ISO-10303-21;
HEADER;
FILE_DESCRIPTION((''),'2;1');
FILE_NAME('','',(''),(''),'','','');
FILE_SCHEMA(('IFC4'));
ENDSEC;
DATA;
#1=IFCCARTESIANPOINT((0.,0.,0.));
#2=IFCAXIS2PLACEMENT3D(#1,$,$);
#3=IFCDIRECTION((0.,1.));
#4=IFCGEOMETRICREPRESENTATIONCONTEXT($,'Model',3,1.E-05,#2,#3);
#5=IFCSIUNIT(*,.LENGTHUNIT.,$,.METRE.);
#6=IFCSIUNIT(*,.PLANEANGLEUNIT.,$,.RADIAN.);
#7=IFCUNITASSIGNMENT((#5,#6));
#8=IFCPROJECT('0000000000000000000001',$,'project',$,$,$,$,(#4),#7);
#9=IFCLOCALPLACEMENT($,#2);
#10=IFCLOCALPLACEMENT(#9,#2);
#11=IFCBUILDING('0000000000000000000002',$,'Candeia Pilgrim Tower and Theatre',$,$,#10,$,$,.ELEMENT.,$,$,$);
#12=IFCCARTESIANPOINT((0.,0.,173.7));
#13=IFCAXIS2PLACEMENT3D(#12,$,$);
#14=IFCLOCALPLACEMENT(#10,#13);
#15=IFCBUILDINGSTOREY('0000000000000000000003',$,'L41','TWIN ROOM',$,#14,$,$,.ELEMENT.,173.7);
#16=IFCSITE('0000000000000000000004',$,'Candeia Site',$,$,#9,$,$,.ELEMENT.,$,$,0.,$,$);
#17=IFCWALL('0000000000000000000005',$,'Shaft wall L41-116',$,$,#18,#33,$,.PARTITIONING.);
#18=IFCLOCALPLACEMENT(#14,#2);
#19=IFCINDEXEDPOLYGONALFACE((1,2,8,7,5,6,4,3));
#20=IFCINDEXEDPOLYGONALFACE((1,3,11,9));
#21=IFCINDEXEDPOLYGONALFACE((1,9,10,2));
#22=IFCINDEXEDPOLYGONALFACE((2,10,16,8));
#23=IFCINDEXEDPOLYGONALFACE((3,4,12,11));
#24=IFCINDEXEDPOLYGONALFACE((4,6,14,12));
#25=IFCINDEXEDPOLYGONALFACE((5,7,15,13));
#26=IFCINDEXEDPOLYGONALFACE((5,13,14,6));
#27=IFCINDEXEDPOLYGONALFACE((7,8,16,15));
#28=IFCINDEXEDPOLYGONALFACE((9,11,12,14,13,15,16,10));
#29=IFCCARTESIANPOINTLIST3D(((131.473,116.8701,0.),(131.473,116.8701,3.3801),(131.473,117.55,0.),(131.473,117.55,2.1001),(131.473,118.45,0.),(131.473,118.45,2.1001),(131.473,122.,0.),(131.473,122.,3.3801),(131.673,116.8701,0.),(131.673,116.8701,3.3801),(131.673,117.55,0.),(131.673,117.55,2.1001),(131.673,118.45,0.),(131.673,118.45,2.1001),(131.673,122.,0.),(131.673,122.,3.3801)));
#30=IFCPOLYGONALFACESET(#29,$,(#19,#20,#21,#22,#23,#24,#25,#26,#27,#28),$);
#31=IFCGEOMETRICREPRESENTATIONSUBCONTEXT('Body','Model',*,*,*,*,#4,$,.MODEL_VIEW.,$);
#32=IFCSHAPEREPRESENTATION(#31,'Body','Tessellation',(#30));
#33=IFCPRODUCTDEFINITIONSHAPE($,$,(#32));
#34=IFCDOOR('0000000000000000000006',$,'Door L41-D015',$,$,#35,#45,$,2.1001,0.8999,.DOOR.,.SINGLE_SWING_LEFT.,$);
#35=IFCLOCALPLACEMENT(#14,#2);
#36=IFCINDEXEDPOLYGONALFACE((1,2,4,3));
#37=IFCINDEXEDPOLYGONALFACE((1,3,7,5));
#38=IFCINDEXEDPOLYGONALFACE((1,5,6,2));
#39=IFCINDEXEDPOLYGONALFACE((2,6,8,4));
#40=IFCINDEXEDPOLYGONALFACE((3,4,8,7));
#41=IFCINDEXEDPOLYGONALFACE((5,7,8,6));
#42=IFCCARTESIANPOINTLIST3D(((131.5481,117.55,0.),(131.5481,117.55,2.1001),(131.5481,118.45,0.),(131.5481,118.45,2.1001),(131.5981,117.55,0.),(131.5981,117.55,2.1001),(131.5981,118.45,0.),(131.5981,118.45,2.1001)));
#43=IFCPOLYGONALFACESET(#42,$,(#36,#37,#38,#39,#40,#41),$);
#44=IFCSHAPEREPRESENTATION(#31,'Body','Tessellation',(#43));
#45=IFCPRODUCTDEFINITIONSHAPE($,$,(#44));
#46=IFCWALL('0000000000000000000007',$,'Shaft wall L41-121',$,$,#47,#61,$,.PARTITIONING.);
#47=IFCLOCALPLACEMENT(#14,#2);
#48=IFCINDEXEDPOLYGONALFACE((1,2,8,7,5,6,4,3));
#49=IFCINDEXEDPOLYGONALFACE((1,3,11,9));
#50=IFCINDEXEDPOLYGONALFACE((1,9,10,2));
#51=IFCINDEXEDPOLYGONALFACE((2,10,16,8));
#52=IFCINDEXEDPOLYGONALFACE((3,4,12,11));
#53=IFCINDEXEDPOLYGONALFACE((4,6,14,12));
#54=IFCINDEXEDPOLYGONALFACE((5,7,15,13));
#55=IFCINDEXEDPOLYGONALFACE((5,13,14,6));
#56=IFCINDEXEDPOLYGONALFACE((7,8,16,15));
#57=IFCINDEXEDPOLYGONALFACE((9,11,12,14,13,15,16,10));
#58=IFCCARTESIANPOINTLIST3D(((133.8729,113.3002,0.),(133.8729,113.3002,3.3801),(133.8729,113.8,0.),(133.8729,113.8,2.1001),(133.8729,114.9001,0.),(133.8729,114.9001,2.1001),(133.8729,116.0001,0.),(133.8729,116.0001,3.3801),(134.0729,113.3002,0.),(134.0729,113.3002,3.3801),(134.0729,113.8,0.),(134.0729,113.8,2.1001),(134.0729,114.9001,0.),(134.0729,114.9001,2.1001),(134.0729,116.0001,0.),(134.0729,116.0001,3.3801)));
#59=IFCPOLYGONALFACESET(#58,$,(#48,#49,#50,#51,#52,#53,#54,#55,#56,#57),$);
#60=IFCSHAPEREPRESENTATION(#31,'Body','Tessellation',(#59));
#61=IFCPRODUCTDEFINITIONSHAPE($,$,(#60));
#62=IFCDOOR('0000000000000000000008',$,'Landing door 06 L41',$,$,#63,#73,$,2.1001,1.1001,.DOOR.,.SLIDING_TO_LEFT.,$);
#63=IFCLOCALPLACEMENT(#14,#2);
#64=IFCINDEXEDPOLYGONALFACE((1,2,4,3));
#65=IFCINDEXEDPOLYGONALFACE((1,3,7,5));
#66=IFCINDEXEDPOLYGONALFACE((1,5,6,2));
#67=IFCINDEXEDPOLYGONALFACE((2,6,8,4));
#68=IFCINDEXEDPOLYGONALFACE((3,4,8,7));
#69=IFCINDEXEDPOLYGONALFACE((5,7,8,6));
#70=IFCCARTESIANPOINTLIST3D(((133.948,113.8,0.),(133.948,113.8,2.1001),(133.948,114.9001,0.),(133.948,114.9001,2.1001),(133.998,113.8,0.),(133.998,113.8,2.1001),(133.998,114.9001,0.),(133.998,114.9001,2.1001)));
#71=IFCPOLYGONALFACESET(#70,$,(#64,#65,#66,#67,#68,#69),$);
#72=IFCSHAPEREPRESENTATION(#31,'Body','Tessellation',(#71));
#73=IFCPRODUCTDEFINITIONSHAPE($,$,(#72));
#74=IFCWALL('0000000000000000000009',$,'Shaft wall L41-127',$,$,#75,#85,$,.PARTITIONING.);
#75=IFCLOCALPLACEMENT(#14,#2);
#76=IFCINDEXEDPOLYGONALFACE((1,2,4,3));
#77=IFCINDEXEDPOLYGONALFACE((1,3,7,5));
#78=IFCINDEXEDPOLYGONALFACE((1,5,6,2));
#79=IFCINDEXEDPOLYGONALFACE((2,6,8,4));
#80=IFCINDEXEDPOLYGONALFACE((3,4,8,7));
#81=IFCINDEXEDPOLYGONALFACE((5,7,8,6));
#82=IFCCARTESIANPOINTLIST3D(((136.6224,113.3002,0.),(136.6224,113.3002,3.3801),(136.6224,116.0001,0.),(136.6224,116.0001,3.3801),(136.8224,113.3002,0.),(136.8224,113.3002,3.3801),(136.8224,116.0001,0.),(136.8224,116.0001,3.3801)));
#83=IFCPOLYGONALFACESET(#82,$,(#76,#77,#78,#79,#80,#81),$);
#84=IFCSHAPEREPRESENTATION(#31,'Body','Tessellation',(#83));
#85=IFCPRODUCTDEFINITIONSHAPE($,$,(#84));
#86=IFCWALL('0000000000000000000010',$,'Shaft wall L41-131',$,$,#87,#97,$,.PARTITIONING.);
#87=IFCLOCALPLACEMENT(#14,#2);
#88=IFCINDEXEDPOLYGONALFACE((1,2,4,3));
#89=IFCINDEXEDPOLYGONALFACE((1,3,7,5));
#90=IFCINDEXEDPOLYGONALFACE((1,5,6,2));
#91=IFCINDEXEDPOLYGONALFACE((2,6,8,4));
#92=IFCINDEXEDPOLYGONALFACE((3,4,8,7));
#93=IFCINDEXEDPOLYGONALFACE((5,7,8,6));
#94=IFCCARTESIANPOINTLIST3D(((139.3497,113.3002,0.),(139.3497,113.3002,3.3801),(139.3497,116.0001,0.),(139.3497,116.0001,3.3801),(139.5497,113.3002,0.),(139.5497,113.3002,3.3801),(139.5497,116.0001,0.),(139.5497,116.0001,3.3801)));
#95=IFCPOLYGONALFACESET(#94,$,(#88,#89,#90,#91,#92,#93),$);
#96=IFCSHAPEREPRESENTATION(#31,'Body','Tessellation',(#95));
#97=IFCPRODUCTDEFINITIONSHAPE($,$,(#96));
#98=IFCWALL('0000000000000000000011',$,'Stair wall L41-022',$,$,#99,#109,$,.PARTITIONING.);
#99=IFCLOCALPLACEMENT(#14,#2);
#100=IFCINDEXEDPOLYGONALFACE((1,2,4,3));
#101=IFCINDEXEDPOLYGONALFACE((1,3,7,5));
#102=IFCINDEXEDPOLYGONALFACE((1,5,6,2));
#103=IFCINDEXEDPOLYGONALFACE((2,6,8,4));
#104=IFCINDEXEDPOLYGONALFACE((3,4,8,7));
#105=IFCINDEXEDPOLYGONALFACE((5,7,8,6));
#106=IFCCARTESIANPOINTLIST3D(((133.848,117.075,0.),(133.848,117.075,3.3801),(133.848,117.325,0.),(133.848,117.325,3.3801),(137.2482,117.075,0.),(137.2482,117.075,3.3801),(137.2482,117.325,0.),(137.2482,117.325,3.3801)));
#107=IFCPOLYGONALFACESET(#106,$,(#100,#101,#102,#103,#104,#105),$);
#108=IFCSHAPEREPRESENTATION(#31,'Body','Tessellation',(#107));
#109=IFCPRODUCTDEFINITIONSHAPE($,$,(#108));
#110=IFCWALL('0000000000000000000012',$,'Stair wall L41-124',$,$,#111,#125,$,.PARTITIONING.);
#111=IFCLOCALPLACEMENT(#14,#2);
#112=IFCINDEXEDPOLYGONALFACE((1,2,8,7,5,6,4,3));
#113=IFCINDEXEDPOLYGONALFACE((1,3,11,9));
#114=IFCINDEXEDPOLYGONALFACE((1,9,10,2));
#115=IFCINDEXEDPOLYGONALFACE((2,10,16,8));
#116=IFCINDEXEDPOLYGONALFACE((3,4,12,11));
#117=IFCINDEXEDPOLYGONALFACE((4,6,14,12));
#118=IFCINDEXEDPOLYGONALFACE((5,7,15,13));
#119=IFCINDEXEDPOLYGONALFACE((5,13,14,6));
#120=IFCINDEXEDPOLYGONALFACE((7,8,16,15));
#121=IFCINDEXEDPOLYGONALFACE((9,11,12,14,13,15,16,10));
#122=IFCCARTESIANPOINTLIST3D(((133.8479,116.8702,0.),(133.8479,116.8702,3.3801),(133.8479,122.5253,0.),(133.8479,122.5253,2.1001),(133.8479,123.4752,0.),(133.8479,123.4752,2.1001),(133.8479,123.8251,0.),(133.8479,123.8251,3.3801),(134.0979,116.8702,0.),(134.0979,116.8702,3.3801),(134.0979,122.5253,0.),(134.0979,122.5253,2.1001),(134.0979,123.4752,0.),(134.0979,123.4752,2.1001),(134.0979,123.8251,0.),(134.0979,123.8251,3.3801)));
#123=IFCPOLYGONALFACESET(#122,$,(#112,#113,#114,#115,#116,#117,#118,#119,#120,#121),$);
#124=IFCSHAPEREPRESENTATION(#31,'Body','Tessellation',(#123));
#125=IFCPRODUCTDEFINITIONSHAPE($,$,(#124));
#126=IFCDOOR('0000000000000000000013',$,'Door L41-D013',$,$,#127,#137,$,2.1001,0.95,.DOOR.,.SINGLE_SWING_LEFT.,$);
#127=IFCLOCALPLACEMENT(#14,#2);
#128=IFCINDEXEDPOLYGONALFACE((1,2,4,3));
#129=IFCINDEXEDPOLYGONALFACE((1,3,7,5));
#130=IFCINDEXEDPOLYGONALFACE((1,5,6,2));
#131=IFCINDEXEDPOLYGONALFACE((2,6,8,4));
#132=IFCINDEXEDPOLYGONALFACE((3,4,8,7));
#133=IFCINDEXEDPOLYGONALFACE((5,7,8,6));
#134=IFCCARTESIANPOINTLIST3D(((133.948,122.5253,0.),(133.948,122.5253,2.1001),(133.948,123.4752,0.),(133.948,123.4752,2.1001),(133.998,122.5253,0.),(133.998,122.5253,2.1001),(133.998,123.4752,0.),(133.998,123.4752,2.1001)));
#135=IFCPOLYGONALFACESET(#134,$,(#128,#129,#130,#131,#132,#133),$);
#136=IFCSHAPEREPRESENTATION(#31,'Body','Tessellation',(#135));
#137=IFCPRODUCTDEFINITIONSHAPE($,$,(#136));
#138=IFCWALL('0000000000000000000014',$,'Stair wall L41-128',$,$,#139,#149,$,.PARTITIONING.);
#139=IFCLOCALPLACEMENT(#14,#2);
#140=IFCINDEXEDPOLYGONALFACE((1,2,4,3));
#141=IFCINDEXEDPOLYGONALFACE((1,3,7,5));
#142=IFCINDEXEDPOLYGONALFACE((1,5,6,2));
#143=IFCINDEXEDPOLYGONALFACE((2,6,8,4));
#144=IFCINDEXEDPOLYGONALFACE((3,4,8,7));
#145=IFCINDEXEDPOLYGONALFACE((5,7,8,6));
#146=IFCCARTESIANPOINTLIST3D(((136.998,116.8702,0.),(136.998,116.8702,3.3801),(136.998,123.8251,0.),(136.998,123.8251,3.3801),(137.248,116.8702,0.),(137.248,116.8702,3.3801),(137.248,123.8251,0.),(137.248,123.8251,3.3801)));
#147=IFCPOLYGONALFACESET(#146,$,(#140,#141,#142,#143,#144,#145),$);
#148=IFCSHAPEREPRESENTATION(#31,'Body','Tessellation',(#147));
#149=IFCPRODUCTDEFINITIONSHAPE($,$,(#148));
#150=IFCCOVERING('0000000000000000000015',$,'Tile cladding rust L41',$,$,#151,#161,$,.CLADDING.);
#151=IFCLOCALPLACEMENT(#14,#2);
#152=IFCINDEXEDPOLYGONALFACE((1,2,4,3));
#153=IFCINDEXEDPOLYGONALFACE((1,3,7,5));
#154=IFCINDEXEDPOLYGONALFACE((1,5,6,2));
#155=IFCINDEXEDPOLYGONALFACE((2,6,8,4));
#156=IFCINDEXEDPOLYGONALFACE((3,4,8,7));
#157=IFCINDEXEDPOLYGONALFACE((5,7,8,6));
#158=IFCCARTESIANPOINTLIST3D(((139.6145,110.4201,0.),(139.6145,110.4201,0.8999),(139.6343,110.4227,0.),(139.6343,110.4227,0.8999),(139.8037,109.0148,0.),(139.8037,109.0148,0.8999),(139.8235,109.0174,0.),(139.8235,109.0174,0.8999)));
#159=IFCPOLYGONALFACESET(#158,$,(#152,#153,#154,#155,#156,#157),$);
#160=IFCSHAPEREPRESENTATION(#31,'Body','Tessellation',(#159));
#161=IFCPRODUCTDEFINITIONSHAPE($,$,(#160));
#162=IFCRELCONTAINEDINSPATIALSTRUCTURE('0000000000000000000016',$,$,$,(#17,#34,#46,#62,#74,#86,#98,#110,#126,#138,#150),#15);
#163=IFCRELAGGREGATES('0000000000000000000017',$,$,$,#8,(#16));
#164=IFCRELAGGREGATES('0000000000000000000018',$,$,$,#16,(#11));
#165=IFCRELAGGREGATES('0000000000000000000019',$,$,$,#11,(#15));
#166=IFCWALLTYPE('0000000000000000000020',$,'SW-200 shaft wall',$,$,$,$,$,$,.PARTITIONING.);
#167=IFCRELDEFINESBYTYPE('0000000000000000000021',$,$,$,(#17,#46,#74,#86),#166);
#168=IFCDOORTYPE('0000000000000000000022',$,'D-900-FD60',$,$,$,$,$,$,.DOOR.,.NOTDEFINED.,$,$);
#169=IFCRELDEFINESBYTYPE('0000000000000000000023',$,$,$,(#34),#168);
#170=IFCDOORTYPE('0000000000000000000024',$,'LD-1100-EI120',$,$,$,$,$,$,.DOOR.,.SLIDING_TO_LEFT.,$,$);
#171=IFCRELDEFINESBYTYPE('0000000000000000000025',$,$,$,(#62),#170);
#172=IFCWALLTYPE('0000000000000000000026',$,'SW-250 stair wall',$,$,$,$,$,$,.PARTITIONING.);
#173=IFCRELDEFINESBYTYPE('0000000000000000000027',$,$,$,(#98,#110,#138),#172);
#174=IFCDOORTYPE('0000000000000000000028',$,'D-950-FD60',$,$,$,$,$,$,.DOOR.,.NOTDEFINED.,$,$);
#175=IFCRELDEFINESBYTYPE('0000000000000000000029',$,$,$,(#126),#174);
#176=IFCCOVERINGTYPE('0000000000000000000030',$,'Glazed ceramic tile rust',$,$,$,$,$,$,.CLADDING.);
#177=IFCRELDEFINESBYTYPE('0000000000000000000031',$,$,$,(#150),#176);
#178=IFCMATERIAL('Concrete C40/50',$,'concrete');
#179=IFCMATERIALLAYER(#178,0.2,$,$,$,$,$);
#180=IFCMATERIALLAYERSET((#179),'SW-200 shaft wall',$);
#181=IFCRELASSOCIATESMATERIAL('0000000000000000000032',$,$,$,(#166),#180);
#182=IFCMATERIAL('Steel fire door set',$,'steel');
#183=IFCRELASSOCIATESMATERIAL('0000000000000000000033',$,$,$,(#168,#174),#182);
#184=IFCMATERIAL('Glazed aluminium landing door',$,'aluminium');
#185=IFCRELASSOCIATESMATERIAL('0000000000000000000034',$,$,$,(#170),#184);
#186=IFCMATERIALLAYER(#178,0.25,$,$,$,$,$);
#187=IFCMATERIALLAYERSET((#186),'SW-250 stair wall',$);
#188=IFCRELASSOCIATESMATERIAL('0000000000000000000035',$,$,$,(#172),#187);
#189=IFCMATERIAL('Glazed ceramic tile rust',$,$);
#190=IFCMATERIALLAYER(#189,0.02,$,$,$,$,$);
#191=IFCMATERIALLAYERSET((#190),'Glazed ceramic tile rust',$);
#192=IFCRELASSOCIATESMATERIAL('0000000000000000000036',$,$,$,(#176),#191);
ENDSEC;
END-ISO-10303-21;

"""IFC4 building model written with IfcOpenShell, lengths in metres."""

from ifc_helpers import new_model, si_unit, direction, frame, frame_2d, origin, origin_2d, place, context, subcontext, project, spatial, rectangle, extrude, material, layer, layer_set, type_object, element, fill, save


model = new_model("IFC4")

# Units and contexts
model_context = context("Model", 3, precision=1e-05, world=origin(), true_north=direction((0.0, 1.0)))
body_context = subcontext(model_context, "Body", "Model", "MODEL_VIEW")
ifc_project = project(units=[si_unit("LENGTHUNIT", "METRE"), si_unit("PLANEANGLEUNIT", "RADIAN")], contexts=[model_context])

# Site, building, storey
site_placement = place(None, origin())
site = spatial("IfcSite", under=ifc_project, at=site_placement, Name="Candeia Site", CompositionType="ELEMENT", RefElevation=0.0)
building_placement = place(site_placement, origin())
building = spatial("IfcBuilding", under=site, at=building_placement, Name="Candeia Pilgrim Tower and Theatre", CompositionType="ELEMENT")
storey_placement = place(building_placement, frame((0.0, 0.0, 173.7)))
storey = spatial("IfcBuildingStorey", under=building, at=storey_placement, Name="L41", Description="TWIN ROOM", CompositionType="ELEMENT", Elevation=173.7)

# Shared definitions
ifc_material_1 = material(Name="Steel fire door set", Category="steel")

# Walls, openings, doors
ifc_material_2 = material(Name="Concrete C40/50", Category="concrete")
ifc_layer_1 = layer(ifc_material_2, 0.2)
ifc_layer_set_1 = layer_set([ifc_layer_1], Name="SW-200 shaft wall")
wall_type_1 = type_object("IfcWallType", Name="SW-200 shaft wall", PredefinedType="PARTITIONING", material=ifc_layer_set_1)
door_type_1 = type_object("IfcDoorType", Name="D-900-FD60", OperationType="NOTDEFINED", PredefinedType="DOOR", material=ifc_material_1)
wall_1_placement = place(storey_placement, frame((131.573, 116.8701, 0.0), z_axis=(0.0, 0.0, 1.0), x_axis=(0.0, 1.0, 0.0)))
wall_1 = element("IfcWall", 1, at=wall_1_placement, inside=storey, type_object=wall_type_1, Name="Shaft wall L41-116", PredefinedType="PARTITIONING", context=body_context, shape_type="SweptSolid", body=[
    extrude(rectangle(XDim=5.1299, YDim=0.2, at=frame_2d((2.5649, 0.0))), origin(), (0.0, 0.0, 1.0), 3.3801),
])
opening_1_placement = place(wall_1_placement, frame((0.6799, 0.0, 0.0)))
opening_1 = element("IfcOpeningElement", 2, at=opening_1_placement, cuts=wall_1, PredefinedType="OPENING", context=body_context, shape_type="SweptSolid", body=[
    extrude(rectangle(XDim=0.8999, YDim=2.1001, at=frame_2d((0.45, 1.05))), frame((0.0, 0.1099, 0.0), z_axis=(0.0, -1.0, 0.0), x_axis=(1.0, 0.0, 0.0)), (0.0, 0.0, 1.0), 0.22),
])
door_1_placement = place(opening_1_placement, origin())
door_1 = element("IfcDoor", 3, at=door_1_placement, inside=storey, type_object=door_type_1, Name="Door L41-D015", OperationType="SINGLE_SWING_LEFT", OverallHeight=2.1001, OverallWidth=0.8999, PredefinedType="DOOR", context=body_context, shape_type="SweptSolid", body=[
    extrude(rectangle(XDim=0.8999, YDim=2.1001, at=frame_2d((0.45, 1.05))), frame((0.0, 0.0249, 0.0), z_axis=(0.0, -1.0, 0.0), x_axis=(1.0, 0.0, 0.0)), (0.0, 0.0, 1.0), 0.05),
])
fill(opening_1, door_1)
wall_2_placement = place(storey_placement, frame((133.9729, 113.3, 0.0), z_axis=(0.0, 0.0, 1.0), x_axis=(0.0, 1.0, 0.0)))
wall_2 = element("IfcWall", 4, at=wall_2_placement, inside=storey, type_object=wall_type_1, Name="Shaft wall L41-121", PredefinedType="PARTITIONING", context=body_context, shape_type="SweptSolid", body=[
    extrude(rectangle(XDim=2.7, YDim=0.2, at=frame_2d((1.3501, 0.0))), origin(), (0.0, 0.0, 1.0), 3.3801),
])
opening_2_placement = place(wall_2_placement, frame((0.5, 0.0, 0.0)))
opening_2 = element("IfcOpeningElement", 5, at=opening_2_placement, cuts=wall_2, PredefinedType="OPENING", context=body_context, shape_type="SweptSolid", body=[
    extrude(rectangle(XDim=1.1001, YDim=2.1001, at=frame_2d((0.55, 1.05))), frame((0.0, 0.1099, 0.0), z_axis=(0.0, -1.0, 0.0), x_axis=(1.0, 0.0, 0.0)), (0.0, 0.0, 1.0), 0.22),
])
ifc_material_3 = material(Name="Glazed aluminium landing door", Category="aluminium")
door_type_2 = type_object("IfcDoorType", Name="LD-1100-EI120", OperationType="SLIDING_TO_LEFT", PredefinedType="DOOR", material=ifc_material_3)
door_2_placement = place(opening_2_placement, origin())
door_2 = element("IfcDoor", 6, at=door_2_placement, inside=storey, type_object=door_type_2, Name="Landing door 06 L41", OperationType="SLIDING_TO_LEFT", OverallHeight=2.1001, OverallWidth=1.1001, PredefinedType="DOOR", context=body_context, shape_type="SweptSolid", body=[
    extrude(rectangle(XDim=1.1001, YDim=2.1001, at=frame_2d((0.55, 1.05))), frame((0.0, 0.0249, 0.0), z_axis=(0.0, -1.0, 0.0), x_axis=(1.0, 0.0, 0.0)), (0.0, 0.0, 1.0), 0.05),
])
fill(opening_2, door_2)

# Walls
for number, where, z_axis, x_axis, name in (
    (7, (136.7224, 113.3, 0.0), (0.0, 0.0, 1.0), (0.0, 1.0, 0.0), "Shaft wall L41-127"),
    (8, (139.4497, 113.3, 0.0), (0.0, 0.0, 1.0), (0.0, 1.0, 0.0), "Shaft wall L41-131"),
):
    element("IfcWall", number, at=place(storey_placement, frame(where, z_axis=z_axis, x_axis=x_axis)), inside=storey, type_object=wall_type_1, Name=name, PredefinedType="PARTITIONING", context=body_context, shape_type="SweptSolid", body=[
        extrude(rectangle(XDim=2.7, YDim=0.2, at=frame_2d((1.3501, 0.0))), origin(), (0.0, 0.0, 1.0), 3.3801),
    ])
ifc_layer_2 = layer(ifc_material_2, 0.25)
ifc_layer_set_2 = layer_set([ifc_layer_2], Name="SW-250 stair wall")
wall_type_2 = type_object("IfcWallType", Name="SW-250 stair wall", PredefinedType="PARTITIONING", material=ifc_layer_set_2)
wall_3_placement = place(storey_placement, frame((133.8479, 117.2, 0.0), z_axis=(0.0, 0.0, 1.0), x_axis=(1.0, 0.0, 0.0)))
element("IfcWall", 9, at=wall_3_placement, inside=storey, type_object=wall_type_2, Name="Stair wall L41-022", PredefinedType="PARTITIONING", context=body_context, shape_type="SweptSolid", body=[
    extrude(rectangle(XDim=3.4001, YDim=0.25, at=frame_2d((1.7002, 0.0))), origin(), (0.0, 0.0, 1.0), 3.3801),
])

# Wall, opening, door
wall_4_placement = place(storey_placement, frame((133.9729, 116.8701, 0.0), z_axis=(0.0, 0.0, 1.0), x_axis=(0.0, 1.0, 0.0)))
wall_4 = element("IfcWall", 10, at=wall_4_placement, inside=storey, type_object=wall_type_2, Name="Stair wall L41-124", PredefinedType="PARTITIONING", context=body_context, shape_type="SweptSolid", body=[
    extrude(rectangle(XDim=6.9548, YDim=0.25, at=frame_2d((3.4775, 0.0))), origin(), (0.0, 0.0, 1.0), 3.3801),
])
opening_3_placement = place(wall_4_placement, frame((5.655, 0.0, 0.0)))
opening_3 = element("IfcOpeningElement", 11, at=opening_3_placement, cuts=wall_4, PredefinedType="OPENING", context=body_context, shape_type="SweptSolid", body=[
    extrude(rectangle(XDim=0.95, YDim=2.1001, at=frame_2d((0.4751, 1.05))), frame((0.0, 0.135, 0.0), z_axis=(0.0, -1.0, 0.0), x_axis=(1.0, 0.0, 0.0)), (0.0, 0.0, 1.0), 0.27),
])
door_type_3 = type_object("IfcDoorType", Name="D-950-FD60", OperationType="NOTDEFINED", PredefinedType="DOOR", material=ifc_material_1)
door_3_placement = place(opening_3_placement, origin())
door_3 = element("IfcDoor", 12, at=door_3_placement, inside=storey, type_object=door_type_3, Name="Door L41-D013", OperationType="SINGLE_SWING_LEFT", OverallHeight=2.1001, OverallWidth=0.95, PredefinedType="DOOR", context=body_context, shape_type="SweptSolid", body=[
    extrude(rectangle(XDim=0.95, YDim=2.1001, at=frame_2d((0.4751, 1.05))), frame((0.0, 0.0249, 0.0), z_axis=(0.0, -1.0, 0.0), x_axis=(1.0, 0.0, 0.0)), (0.0, 0.0, 1.0), 0.05),
])
fill(opening_3, door_3)

# Wall
wall_5_placement = place(storey_placement, frame((137.123, 116.8701, 0.0), z_axis=(0.0, 0.0, 1.0), x_axis=(0.0, 1.0, 0.0)))
element("IfcWall", 13, at=wall_5_placement, inside=storey, type_object=wall_type_2, Name="Stair wall L41-128", PredefinedType="PARTITIONING", context=body_context, shape_type="SweptSolid", body=[
    extrude(rectangle(XDim=6.9548, YDim=0.25, at=frame_2d((3.4775, 0.0))), origin(), (0.0, 0.0, 1.0), 3.3801),
])

# Covering
ifc_material_4 = material(Name="Glazed ceramic tile rust")
ifc_layer_3 = layer(ifc_material_4, 0.02)
ifc_layer_set_3 = layer_set([ifc_layer_3], Name="Glazed ceramic tile rust")
covering_type = type_object("IfcCoveringType", Name="Glazed ceramic tile rust", PredefinedType="CLADDING", material=ifc_layer_set_3)
covering_placement = place(storey_placement, frame((139.719, 109.7188, 0.0), z_axis=(0.0, 0.0, 1.0), x_axis=(-0.133412, 0.991061, 0.0)))
element("IfcCovering", 14, at=covering_placement, inside=storey, type_object=covering_type, Name="Tile cladding rust L41", PredefinedType="CLADDING", context=body_context, shape_type="SweptSolid", body=[
    extrude(rectangle(XDim=1.418, YDim=0.02, at=origin_2d()), origin(), (0.0, 0.0, 1.0), 0.8999),
])

save(model, "model.ifc")
